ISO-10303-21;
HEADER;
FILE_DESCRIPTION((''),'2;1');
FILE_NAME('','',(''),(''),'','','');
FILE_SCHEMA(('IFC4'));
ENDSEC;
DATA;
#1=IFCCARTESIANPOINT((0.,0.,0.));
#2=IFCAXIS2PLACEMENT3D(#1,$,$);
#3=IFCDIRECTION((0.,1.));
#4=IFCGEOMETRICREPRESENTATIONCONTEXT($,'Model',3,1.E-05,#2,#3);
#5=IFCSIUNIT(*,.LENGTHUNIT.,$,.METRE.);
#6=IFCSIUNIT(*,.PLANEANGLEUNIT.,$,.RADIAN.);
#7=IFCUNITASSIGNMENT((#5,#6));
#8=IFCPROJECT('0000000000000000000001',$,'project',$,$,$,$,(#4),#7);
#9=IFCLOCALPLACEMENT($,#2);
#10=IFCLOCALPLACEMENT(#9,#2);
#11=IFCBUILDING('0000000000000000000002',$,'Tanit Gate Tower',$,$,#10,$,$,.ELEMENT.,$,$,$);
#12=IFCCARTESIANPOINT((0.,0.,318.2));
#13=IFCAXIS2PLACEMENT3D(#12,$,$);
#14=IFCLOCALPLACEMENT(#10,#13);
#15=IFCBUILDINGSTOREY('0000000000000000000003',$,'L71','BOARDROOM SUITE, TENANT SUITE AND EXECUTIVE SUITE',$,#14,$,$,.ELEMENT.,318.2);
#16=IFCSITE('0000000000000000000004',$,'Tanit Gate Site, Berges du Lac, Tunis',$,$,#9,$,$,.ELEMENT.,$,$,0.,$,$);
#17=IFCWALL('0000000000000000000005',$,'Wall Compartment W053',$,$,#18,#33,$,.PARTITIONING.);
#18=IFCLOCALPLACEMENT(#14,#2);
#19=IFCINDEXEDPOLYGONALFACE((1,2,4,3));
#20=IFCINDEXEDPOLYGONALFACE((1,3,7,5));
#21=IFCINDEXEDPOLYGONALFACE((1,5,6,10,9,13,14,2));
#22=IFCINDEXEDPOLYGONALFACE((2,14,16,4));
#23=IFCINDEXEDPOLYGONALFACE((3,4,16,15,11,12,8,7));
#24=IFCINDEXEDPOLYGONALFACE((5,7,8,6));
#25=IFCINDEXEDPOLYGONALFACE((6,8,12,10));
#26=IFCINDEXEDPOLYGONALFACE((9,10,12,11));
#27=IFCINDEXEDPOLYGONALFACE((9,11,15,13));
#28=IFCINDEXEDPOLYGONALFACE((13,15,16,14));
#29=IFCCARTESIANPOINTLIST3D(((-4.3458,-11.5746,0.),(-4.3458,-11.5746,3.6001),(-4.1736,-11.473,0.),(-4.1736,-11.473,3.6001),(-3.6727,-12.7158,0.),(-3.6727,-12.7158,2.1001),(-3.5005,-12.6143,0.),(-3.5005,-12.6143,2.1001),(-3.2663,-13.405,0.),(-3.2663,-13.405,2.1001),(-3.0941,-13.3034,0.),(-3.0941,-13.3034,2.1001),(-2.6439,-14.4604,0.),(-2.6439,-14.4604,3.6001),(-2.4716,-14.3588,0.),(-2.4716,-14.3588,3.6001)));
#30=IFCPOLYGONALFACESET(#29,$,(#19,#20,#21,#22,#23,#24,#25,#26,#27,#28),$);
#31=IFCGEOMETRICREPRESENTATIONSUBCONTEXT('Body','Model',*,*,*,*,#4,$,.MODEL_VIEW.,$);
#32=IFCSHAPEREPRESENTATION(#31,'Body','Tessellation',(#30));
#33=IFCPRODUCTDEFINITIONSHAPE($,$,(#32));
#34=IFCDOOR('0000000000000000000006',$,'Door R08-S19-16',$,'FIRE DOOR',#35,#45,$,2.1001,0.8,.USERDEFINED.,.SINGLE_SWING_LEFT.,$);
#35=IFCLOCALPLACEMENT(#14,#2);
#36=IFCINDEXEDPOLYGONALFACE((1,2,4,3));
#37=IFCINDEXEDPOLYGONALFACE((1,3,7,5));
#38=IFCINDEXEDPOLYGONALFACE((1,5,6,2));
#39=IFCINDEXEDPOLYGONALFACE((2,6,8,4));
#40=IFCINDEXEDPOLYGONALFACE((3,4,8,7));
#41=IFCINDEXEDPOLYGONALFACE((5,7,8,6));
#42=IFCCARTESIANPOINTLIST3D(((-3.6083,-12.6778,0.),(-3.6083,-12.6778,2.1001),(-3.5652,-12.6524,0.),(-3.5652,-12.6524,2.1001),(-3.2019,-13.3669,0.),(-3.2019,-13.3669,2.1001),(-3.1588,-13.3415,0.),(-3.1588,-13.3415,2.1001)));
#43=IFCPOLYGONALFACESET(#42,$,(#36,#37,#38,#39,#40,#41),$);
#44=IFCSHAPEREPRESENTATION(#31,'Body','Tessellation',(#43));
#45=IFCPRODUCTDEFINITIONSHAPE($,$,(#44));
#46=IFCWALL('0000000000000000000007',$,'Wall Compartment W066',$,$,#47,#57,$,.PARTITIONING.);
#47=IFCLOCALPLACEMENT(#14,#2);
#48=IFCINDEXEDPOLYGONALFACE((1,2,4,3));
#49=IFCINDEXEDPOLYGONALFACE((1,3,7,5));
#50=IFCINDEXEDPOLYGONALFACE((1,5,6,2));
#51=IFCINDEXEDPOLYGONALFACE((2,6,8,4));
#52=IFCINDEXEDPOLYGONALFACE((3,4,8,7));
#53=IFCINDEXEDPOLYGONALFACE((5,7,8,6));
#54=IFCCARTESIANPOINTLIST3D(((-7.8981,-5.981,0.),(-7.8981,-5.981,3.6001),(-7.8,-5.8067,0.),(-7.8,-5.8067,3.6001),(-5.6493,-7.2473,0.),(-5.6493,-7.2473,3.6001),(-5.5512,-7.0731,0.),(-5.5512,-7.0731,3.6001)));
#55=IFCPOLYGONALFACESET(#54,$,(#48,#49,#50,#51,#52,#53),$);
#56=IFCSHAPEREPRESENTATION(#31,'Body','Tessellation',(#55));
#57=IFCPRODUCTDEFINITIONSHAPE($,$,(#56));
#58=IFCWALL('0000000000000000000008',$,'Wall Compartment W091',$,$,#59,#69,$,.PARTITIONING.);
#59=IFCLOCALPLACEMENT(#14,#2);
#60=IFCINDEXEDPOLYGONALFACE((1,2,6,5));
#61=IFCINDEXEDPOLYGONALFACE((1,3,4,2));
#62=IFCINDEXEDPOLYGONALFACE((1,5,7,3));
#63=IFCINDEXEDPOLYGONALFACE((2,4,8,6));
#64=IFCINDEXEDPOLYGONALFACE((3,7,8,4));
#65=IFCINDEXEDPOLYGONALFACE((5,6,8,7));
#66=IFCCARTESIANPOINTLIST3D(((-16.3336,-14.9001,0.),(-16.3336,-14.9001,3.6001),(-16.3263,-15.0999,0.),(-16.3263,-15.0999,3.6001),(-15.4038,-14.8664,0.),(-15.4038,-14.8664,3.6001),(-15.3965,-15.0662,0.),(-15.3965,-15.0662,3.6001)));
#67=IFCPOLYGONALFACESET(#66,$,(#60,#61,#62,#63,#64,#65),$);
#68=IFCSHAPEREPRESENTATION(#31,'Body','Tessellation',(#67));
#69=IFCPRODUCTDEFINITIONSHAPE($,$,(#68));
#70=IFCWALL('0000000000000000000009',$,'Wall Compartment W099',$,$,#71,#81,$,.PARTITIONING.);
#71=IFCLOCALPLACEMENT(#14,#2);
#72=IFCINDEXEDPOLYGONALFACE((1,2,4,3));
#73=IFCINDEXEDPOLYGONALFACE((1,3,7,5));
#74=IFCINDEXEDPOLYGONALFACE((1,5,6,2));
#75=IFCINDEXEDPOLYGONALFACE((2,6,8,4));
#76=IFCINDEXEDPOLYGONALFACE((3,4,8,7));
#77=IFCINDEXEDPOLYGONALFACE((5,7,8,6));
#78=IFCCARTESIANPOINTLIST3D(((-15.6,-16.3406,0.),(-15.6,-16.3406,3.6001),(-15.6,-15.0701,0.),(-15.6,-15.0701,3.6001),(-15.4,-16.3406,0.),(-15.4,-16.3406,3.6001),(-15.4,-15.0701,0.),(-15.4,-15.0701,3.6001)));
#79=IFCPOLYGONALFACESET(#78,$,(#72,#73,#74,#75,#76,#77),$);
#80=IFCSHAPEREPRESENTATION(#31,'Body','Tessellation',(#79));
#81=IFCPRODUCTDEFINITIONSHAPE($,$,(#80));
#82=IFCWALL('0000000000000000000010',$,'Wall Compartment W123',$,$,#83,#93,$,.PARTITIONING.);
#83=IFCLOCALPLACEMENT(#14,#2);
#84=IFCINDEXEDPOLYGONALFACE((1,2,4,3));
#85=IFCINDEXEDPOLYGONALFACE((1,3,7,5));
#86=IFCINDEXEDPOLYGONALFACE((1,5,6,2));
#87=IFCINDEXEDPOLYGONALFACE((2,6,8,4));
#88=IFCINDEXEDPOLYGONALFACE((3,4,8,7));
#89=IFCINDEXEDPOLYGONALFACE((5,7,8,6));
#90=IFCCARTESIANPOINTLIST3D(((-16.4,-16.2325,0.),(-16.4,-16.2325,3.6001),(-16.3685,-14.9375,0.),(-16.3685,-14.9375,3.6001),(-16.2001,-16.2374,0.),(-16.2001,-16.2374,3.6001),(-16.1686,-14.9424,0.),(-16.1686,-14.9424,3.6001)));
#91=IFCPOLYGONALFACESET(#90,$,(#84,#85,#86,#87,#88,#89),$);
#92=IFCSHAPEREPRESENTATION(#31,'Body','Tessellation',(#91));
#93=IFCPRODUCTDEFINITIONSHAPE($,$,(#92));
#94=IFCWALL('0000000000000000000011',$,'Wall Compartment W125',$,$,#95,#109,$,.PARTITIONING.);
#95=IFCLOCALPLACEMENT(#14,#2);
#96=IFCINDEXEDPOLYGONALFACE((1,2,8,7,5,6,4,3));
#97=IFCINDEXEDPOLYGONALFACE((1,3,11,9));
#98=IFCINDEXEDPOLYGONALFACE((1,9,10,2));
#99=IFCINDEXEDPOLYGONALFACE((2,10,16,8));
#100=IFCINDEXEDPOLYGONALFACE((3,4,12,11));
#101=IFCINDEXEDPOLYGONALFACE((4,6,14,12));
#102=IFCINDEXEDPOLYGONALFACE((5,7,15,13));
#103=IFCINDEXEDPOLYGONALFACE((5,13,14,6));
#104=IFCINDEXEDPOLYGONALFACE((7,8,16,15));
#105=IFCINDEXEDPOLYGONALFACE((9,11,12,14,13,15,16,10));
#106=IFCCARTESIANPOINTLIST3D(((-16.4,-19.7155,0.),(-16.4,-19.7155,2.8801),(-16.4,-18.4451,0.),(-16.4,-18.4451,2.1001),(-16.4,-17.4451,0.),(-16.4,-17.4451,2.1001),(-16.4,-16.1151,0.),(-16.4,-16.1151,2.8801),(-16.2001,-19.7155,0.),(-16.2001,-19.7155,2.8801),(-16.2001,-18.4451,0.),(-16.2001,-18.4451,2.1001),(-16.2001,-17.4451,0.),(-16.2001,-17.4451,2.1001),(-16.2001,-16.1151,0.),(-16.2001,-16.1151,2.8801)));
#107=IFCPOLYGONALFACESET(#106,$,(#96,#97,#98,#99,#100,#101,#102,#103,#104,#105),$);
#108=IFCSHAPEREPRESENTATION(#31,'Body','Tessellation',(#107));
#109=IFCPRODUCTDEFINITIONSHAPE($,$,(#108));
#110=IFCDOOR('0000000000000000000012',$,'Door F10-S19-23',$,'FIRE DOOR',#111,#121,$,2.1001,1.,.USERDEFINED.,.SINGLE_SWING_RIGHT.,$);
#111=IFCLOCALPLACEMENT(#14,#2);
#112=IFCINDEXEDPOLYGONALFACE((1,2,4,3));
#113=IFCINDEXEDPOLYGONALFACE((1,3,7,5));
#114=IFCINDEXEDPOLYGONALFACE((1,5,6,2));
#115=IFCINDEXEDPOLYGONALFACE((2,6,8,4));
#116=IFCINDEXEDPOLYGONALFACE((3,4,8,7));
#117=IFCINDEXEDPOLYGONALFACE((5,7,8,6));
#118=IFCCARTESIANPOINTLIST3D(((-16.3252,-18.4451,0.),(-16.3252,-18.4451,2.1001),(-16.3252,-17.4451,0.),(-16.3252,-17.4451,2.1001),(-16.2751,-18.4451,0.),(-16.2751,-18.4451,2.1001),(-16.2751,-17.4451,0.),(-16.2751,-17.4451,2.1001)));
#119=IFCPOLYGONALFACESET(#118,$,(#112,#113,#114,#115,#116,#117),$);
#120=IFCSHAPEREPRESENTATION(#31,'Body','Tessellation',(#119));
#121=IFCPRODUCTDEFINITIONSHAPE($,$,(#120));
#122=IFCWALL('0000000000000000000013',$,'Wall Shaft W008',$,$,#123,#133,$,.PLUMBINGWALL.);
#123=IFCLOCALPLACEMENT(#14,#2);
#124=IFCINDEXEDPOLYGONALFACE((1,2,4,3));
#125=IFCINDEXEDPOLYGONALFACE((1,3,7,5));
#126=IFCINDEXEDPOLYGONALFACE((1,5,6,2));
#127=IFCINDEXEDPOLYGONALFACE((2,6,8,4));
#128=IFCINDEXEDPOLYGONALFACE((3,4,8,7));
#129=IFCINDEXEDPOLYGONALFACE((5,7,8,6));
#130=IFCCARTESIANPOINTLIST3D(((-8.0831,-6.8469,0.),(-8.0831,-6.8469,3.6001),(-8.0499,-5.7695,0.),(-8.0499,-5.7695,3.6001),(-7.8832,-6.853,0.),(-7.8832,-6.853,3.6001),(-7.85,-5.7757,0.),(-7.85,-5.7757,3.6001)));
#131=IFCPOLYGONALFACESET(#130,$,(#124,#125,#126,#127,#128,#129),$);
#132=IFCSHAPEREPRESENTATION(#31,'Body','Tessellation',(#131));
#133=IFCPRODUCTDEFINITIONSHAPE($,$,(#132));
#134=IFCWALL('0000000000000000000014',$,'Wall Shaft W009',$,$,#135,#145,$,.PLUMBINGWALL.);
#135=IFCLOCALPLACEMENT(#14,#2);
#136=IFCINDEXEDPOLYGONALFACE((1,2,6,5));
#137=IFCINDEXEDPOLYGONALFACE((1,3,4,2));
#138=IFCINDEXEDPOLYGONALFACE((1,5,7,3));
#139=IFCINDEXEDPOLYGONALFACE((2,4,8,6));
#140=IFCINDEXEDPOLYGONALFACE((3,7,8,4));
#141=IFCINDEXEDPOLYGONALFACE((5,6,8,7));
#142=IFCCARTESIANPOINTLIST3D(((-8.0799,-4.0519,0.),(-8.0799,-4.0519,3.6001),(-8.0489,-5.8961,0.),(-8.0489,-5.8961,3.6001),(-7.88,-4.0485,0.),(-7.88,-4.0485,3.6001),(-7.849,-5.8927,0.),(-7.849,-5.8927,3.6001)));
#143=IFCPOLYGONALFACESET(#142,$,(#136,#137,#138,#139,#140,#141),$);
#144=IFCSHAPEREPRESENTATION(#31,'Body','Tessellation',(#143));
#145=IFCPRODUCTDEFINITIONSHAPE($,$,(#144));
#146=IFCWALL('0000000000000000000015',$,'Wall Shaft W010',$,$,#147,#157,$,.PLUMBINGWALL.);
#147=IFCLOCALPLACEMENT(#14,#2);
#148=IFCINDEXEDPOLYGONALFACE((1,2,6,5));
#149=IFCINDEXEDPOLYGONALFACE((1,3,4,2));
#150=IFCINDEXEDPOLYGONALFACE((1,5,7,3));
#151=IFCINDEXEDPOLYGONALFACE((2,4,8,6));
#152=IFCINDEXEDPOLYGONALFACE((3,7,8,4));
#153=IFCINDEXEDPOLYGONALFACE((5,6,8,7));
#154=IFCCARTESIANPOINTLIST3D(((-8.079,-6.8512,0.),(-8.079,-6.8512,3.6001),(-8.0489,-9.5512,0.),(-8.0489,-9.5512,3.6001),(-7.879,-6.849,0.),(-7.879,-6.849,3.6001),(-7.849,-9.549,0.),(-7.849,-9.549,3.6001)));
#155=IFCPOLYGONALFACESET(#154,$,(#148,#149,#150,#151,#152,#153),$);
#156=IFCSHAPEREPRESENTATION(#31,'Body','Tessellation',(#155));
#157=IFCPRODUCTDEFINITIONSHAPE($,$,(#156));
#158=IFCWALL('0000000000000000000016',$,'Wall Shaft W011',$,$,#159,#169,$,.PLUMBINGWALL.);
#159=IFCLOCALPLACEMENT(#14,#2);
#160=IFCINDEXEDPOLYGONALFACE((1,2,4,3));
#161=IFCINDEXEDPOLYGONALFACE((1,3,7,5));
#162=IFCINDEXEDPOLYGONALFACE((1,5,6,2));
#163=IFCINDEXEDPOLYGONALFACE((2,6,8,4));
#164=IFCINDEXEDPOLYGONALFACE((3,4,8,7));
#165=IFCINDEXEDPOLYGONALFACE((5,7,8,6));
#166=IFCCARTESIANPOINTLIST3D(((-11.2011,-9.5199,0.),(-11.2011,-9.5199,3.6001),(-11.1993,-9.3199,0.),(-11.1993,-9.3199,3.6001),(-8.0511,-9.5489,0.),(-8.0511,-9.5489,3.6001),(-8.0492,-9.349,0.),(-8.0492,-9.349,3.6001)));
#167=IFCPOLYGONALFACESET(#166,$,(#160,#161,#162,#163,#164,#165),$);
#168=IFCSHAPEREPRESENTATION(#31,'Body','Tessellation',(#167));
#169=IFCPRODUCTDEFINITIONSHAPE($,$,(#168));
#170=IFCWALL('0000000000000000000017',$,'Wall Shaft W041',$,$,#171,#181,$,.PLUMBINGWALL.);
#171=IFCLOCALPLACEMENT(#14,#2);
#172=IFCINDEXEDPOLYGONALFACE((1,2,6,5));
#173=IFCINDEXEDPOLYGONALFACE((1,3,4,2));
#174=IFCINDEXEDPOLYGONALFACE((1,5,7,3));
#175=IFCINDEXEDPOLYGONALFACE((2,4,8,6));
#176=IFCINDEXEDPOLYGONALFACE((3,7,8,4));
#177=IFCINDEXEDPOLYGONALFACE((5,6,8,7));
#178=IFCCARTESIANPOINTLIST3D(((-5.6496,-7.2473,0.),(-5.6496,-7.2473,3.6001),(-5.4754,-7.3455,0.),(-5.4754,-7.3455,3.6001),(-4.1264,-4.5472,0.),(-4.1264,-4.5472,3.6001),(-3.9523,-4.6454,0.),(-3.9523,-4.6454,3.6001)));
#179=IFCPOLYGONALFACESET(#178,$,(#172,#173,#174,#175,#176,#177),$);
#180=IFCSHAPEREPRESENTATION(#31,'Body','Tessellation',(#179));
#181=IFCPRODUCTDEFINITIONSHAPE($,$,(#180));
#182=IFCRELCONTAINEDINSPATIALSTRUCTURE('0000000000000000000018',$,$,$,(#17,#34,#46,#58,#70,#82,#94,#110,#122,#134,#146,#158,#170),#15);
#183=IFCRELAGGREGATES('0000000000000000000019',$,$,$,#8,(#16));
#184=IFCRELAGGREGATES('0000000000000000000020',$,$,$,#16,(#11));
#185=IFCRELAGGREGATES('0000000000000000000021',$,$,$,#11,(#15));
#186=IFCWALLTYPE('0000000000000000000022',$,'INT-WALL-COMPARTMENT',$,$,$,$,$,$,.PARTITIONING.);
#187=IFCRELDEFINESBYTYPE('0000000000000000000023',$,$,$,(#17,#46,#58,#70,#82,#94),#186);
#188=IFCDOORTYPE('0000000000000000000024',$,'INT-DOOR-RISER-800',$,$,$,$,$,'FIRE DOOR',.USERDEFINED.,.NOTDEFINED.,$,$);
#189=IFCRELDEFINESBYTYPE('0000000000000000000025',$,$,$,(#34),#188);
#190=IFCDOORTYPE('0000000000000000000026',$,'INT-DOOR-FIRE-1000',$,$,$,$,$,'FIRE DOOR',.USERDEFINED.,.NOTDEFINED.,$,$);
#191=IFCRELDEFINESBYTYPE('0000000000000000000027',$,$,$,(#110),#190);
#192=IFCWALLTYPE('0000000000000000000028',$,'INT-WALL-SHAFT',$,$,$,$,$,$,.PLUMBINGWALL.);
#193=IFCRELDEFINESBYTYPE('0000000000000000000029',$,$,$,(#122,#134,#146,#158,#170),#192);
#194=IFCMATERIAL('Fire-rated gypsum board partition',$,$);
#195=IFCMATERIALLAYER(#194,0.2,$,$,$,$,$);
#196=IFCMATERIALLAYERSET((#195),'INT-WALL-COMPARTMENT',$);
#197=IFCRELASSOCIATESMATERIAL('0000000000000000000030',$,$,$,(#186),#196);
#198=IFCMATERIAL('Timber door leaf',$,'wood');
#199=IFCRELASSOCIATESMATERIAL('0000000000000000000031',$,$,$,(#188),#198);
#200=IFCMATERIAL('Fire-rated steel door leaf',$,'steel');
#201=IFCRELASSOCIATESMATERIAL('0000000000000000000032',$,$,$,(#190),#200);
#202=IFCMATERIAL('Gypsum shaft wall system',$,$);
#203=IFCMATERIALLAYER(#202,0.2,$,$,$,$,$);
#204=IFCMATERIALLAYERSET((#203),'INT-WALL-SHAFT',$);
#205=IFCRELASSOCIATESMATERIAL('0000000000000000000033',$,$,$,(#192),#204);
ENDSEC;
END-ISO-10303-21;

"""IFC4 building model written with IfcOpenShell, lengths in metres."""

from ifc_helpers import new_model, si_unit, direction, frame, frame_2d, origin, place, context, subcontext, project, spatial, rectangle, extrude, material, layer, layer_set, type_object, element, fill, save


model = new_model("IFC4")

# Units and contexts
model_context = context("Model", 3, precision=1e-05, world=origin(), true_north=direction((0.0, 1.0)))
body_context = subcontext(model_context, "Body", "Model", "MODEL_VIEW")
ifc_project = project(units=[si_unit("LENGTHUNIT", "METRE"), si_unit("PLANEANGLEUNIT", "RADIAN")], contexts=[model_context])

# Site, building, storey
site_placement = place(None, origin())
site = spatial("IfcSite", under=ifc_project, at=site_placement, Name="Tanit Gate Site, Berges du Lac, Tunis", CompositionType="ELEMENT", RefElevation=0.0)
building_placement = place(site_placement, origin())
building = spatial("IfcBuilding", under=site, at=building_placement, Name="Tanit Gate Tower", CompositionType="ELEMENT")
storey_placement = place(building_placement, frame((0.0, 0.0, 318.2)))
storey = spatial("IfcBuildingStorey", under=building, at=storey_placement, Name="L71", Description="BOARDROOM SUITE, TENANT SUITE AND EXECUTIVE SUITE", CompositionType="ELEMENT", Elevation=318.2)

# Wall, opening, door
ifc_material_1 = material(Name="Fire-rated gypsum board partition")
ifc_layer_1 = layer(ifc_material_1, 0.2)
ifc_layer_set_1 = layer_set([ifc_layer_1], Name="INT-WALL-COMPARTMENT")
wall_type_1 = type_object("IfcWallType", Name="INT-WALL-COMPARTMENT", PredefinedType="PARTITIONING", material=ifc_layer_set_1)
wall_1_placement = place(storey_placement, frame((-4.2598, -11.5237, 0.0), z_axis=(0.0, 0.0, 1.0), x_axis=(0.507997, -0.861359, 0.0)))
wall_1 = element("IfcWall", 1, at=wall_1_placement, inside=storey, type_object=wall_type_1, Name="Wall Compartment W053", PredefinedType="PARTITIONING", context=body_context, shape_type="SweptSolid", body=[
    extrude(rectangle(XDim=3.3503, YDim=0.2, at=frame_2d((1.6753, 0.0))), origin(), (0.0, 0.0, 1.0), 3.6001),
])
opening_1_placement = place(wall_1_placement, frame((1.3252, 0.0, 0.0)))
opening_1 = element("IfcOpeningElement", 2, at=opening_1_placement, cuts=wall_1, PredefinedType="OPENING", context=body_context, shape_type="SweptSolid", body=[
    extrude(rectangle(XDim=0.8, YDim=2.1001, at=frame_2d((0.3999, 1.05))), frame((0.0, 0.1099, 0.0), z_axis=(0.0, -1.0, 0.0), x_axis=(1.0, 0.0, 0.0)), (0.0, 0.0, 1.0), 0.22),
])
ifc_material_2 = material(Name="Timber door leaf", Category="wood")
door_type_1 = type_object("IfcDoorType", Name="INT-DOOR-RISER-800", ElementType="FIRE DOOR", OperationType="NOTDEFINED", PredefinedType="USERDEFINED", material=ifc_material_2)
door_1_placement = place(opening_1_placement, origin())
door_1 = element("IfcDoor", 3, at=door_1_placement, inside=storey, type_object=door_type_1, Name="Door R08-S19-16", ObjectType="FIRE DOOR", OperationType="SINGLE_SWING_LEFT", OverallHeight=2.1001, OverallWidth=0.8, PredefinedType="USERDEFINED", context=body_context, shape_type="SweptSolid", body=[
    extrude(rectangle(XDim=0.8, YDim=2.1001, at=frame_2d((0.3999, 1.05))), frame((0.0, 0.0249, 0.0), z_axis=(0.0, -1.0, 0.0), x_axis=(1.0, 0.0, 0.0)), (0.0, 0.0, 1.0), 0.05),
])
fill(opening_1, door_1)

# Walls
wall_2_placement = place(storey_placement, frame((-7.8491, -5.8938, 0.0), z_axis=(0.0, 0.0, 1.0), x_axis=(0.87134, -0.490679, 0.0)))
element("IfcWall", 4, at=wall_2_placement, inside=storey, type_object=wall_type_1, Name="Wall Compartment W066", PredefinedType="PARTITIONING", context=body_context, shape_type="SweptSolid", body=[
    extrude(rectangle(XDim=2.5808, YDim=0.2, at=frame_2d((1.2905, 0.0))), origin(), (0.0, 0.0, 1.0), 3.6001),
])
wall_3_placement = place(storey_placement, frame((-16.3301, -15.0, 0.0), z_axis=(0.0, 0.0, 1.0), x_axis=(0.999344, 0.036206, 0.0)))
element("IfcWall", 5, at=wall_3_placement, inside=storey, type_object=wall_type_1, Name="Wall Compartment W091", PredefinedType="PARTITIONING", context=body_context, shape_type="SweptSolid", body=[
    extrude(rectangle(XDim=0.9304, YDim=0.2, at=frame_2d((0.4653, 0.0))), origin(), (0.0, 0.0, 1.0), 3.6001),
])
wall_4_placement = place(storey_placement, frame((-15.5, -15.0701, 0.0), z_axis=(0.0, 0.0, 1.0), x_axis=(0.0, -1.0, 0.0)))
element("IfcWall", 6, at=wall_4_placement, inside=storey, type_object=wall_type_1, Name="Wall Compartment W099", PredefinedType="PARTITIONING", context=body_context, shape_type="SweptSolid", body=[
    extrude(rectangle(XDim=1.2705, YDim=0.2, at=frame_2d((0.6353, 0.0))), origin(), (0.0, 0.0, 1.0), 3.6001),
])
wall_5_placement = place(storey_placement, frame((-16.2686, -14.9399, 0.0), z_axis=(0.0, 0.0, 1.0), x_axis=(-0.024314, -0.999704, 0.0)))
element("IfcWall", 7, at=wall_5_placement, inside=storey, type_object=wall_type_1, Name="Wall Compartment W123", PredefinedType="PARTITIONING", context=body_context, shape_type="SweptSolid", body=[
    extrude(rectangle(XDim=1.2954, YDim=0.2, at=frame_2d((0.6477, 0.0))), origin(), (0.0, 0.0, 1.0), 3.6001),
])

# Wall, opening, door
wall_6_placement = place(storey_placement, frame((-16.3, -16.115, 0.0), z_axis=(0.0, 0.0, 1.0), x_axis=(0.0, -1.0, 0.0)))
wall_6 = element("IfcWall", 8, at=wall_6_placement, inside=storey, type_object=wall_type_1, Name="Wall Compartment W125", PredefinedType="PARTITIONING", context=body_context, shape_type="SweptSolid", body=[
    extrude(rectangle(XDim=3.6003, YDim=0.2, at=frame_2d((1.8003, 0.0))), origin(), (0.0, 0.0, 1.0), 2.8801),
])
opening_2_placement = place(wall_6_placement, frame((1.3301, 0.0, 0.0)))
opening_2 = element("IfcOpeningElement", 9, at=opening_2_placement, cuts=wall_6, PredefinedType="OPENING", context=body_context, shape_type="SweptSolid", body=[
    extrude(rectangle(XDim=1.0, YDim=2.1001, at=frame_2d((0.5, 1.05))), frame((0.0, 0.1099, 0.0), z_axis=(0.0, -1.0, 0.0), x_axis=(1.0, 0.0, 0.0)), (0.0, 0.0, 1.0), 0.22),
])
ifc_material_3 = material(Name="Fire-rated steel door leaf", Category="steel")
door_type_2 = type_object("IfcDoorType", Name="INT-DOOR-FIRE-1000", ElementType="FIRE DOOR", OperationType="NOTDEFINED", PredefinedType="USERDEFINED", material=ifc_material_3)
door_2_placement = place(opening_2_placement, origin())
door_2 = element("IfcDoor", 10, at=door_2_placement, inside=storey, type_object=door_type_2, Name="Door F10-S19-23", ObjectType="FIRE DOOR", OperationType="SINGLE_SWING_RIGHT", OverallHeight=2.1001, OverallWidth=1.0, PredefinedType="USERDEFINED", context=body_context, shape_type="SweptSolid", body=[
    extrude(rectangle(XDim=1.0, YDim=2.1001, at=frame_2d((0.5, 1.05))), frame((0.0, 0.0249, 0.0), z_axis=(0.0, -1.0, 0.0), x_axis=(1.0, 0.0, 0.0)), (0.0, 0.0, 1.0), 0.05),
])
fill(opening_2, door_2)

# Walls
ifc_material_4 = material(Name="Gypsum shaft wall system")
ifc_layer_2 = layer(ifc_material_4, 0.2)
ifc_layer_set_2 = layer_set([ifc_layer_2], Name="INT-WALL-SHAFT")
wall_type_2 = type_object("IfcWallType", Name="INT-WALL-SHAFT", PredefinedType="PLUMBINGWALL", material=ifc_layer_set_2)
wall_7_placement = place(storey_placement, frame((-7.95, -5.7725, 0.0), z_axis=(0.0, 0.0, 1.0), x_axis=(-0.030803, -0.999525, 0.0)))
element("IfcWall", 11, at=wall_7_placement, inside=storey, type_object=wall_type_2, Name="Wall Shaft W008", PredefinedType="PLUMBINGWALL", context=body_context, shape_type="SweptSolid", body=[
    extrude(rectangle(XDim=1.0779, YDim=0.2, at=frame_2d((0.5391, 0.0))), origin(), (0.0, 0.0, 1.0), 3.6001),
])
wall_8_placement = place(storey_placement, frame((-7.98, -4.05, 0.0), z_axis=(0.0, 0.0, 1.0), x_axis=(0.01681, -0.999859, 0.0)))
element("IfcWall", 12, at=wall_8_placement, inside=storey, type_object=wall_type_2, Name="Wall Shaft W009", PredefinedType="PLUMBINGWALL", context=body_context, shape_type="SweptSolid", body=[
    extrude(rectangle(XDim=1.8445, YDim=0.2, at=frame_2d((0.9224, 0.0))), origin(), (0.0, 0.0, 1.0), 3.6001),
])
wall_9_placement = place(storey_placement, frame((-7.979, -6.8501, 0.0), z_axis=(0.0, 0.0, 1.0), x_axis=(0.011121, -0.999938, 0.0)))
element("IfcWall", 13, at=wall_9_placement, inside=storey, type_object=wall_type_2, Name="Wall Shaft W010", PredefinedType="PLUMBINGWALL", context=body_context, shape_type="SweptSolid", body=[
    extrude(rectangle(XDim=2.7002, YDim=0.2, at=frame_2d((1.3501, 0.0))), origin(), (0.0, 0.0, 1.0), 3.6001),
])
wall_10_placement = place(storey_placement, frame((-8.05, -9.449, 0.0), z_axis=(0.0, 0.0, 1.0), x_axis=(-0.999957, 0.009223, 0.0)))
element("IfcWall", 14, at=wall_10_placement, inside=storey, type_object=wall_type_2, Name="Wall Shaft W011", PredefinedType="PLUMBINGWALL", context=body_context, shape_type="SweptSolid", body=[
    extrude(rectangle(XDim=3.1501, YDim=0.2, at=frame_2d((1.5752, 0.0))), origin(), (0.0, 0.0, 1.0), 3.6001),
])
wall_11_placement = place(storey_placement, frame((-5.5625, -7.2964, 0.0), z_axis=(0.0, 0.0, 1.0), x_axis=(0.491323, 0.870978, 0.0)))
element("IfcWall", 15, at=wall_11_placement, inside=storey, type_object=wall_type_2, Name="Wall Shaft W041", PredefinedType="PLUMBINGWALL", context=body_context, shape_type="SweptSolid", body=[
    extrude(rectangle(XDim=3.1001, YDim=0.2, at=frame_2d((1.55, 0.0))), origin(), (0.0, 0.0, 1.0), 3.6001),
])

save(model, "model.ifc")
